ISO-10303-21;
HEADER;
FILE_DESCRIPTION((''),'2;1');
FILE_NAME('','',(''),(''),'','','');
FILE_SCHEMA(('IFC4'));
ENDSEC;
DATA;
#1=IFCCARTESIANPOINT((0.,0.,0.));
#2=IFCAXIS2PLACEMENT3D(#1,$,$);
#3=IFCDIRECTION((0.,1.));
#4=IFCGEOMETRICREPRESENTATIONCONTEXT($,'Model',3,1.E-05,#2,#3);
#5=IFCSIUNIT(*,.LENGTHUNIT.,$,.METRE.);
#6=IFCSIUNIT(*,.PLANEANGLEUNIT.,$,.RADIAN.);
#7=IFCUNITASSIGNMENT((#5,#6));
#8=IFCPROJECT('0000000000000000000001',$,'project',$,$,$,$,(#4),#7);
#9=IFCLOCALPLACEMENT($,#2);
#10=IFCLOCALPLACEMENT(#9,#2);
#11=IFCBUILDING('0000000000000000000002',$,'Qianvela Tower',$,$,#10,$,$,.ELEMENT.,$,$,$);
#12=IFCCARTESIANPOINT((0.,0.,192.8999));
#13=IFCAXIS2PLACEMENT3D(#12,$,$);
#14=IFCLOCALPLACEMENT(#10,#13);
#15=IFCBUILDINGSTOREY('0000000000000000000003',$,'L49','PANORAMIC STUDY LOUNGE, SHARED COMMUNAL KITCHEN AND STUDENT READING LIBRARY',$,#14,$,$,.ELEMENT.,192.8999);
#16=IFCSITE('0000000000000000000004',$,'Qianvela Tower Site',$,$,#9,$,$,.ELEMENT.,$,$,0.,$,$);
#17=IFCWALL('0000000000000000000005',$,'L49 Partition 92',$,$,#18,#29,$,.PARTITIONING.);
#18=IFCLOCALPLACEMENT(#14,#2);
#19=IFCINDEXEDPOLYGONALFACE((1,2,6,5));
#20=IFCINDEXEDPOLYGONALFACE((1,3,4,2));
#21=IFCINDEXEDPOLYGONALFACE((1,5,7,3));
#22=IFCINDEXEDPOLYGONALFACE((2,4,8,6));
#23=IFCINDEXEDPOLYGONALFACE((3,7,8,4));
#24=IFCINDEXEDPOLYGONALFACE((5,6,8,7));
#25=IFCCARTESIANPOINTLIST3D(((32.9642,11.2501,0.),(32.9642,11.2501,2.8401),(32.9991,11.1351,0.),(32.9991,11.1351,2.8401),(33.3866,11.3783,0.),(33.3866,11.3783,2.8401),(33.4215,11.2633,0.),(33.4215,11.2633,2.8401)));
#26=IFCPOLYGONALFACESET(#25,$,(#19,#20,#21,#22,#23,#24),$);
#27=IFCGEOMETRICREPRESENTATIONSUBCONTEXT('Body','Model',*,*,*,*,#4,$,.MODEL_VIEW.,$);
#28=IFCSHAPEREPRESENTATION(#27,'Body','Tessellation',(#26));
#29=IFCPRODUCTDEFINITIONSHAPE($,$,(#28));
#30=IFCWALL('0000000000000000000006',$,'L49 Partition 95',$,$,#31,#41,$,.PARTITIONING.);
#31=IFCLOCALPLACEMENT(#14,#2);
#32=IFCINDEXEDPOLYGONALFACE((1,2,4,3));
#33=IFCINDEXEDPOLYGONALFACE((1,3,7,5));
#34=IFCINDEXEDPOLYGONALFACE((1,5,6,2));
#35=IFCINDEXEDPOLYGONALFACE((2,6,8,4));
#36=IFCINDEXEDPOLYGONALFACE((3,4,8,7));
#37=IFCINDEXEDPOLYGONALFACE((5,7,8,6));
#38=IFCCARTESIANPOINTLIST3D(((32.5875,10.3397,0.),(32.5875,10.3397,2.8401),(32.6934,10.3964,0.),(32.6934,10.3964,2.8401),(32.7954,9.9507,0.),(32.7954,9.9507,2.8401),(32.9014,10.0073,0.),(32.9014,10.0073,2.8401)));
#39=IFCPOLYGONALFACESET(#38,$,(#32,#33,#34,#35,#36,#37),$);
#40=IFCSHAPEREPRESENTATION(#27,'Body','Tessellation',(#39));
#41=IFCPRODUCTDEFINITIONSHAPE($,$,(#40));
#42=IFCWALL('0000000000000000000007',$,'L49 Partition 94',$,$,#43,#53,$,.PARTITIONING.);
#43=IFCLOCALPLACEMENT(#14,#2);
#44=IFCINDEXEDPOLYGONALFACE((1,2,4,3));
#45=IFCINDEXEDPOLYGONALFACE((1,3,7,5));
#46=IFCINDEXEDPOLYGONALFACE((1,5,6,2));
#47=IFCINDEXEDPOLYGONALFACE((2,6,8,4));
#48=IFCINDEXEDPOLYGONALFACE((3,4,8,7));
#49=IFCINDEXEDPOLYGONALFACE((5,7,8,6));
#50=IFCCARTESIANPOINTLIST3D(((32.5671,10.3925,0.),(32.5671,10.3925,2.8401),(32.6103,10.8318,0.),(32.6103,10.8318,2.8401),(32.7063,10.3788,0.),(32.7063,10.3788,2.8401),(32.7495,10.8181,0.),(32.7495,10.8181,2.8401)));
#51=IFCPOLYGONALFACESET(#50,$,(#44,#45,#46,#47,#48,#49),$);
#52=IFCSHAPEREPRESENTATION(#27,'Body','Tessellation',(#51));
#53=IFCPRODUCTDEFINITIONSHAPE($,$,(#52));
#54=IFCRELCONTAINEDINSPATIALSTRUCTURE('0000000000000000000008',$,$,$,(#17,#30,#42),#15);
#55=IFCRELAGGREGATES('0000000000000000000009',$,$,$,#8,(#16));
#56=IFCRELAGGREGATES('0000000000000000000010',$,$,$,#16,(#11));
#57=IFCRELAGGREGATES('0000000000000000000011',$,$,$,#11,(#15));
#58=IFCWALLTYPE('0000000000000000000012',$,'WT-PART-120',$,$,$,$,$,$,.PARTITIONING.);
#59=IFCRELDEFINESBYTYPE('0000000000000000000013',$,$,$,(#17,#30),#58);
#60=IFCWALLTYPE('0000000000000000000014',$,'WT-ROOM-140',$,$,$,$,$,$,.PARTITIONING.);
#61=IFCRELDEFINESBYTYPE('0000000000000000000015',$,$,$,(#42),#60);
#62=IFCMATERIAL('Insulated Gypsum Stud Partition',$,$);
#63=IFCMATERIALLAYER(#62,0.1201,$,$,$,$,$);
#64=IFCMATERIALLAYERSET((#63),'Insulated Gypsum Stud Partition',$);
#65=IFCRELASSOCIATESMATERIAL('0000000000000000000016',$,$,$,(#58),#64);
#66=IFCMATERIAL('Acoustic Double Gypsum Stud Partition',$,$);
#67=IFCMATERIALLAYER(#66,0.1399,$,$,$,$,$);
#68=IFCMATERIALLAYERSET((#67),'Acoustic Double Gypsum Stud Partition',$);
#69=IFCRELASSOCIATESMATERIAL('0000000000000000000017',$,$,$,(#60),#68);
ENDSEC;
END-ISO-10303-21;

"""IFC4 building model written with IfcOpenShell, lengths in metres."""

from ifc_helpers import new_model, si_unit, direction, frame, frame_2d, origin, place, context, subcontext, project, spatial, rectangle, extrude, material, layer, layer_set, type_object, element, save


model = new_model("IFC4")

# Units and contexts
model_context = context("Model", 3, precision=1e-05, world=origin(), true_north=direction((0.0, 1.0)))
body_context = subcontext(model_context, "Body", "Model", "MODEL_VIEW")
ifc_project = project(units=[si_unit("LENGTHUNIT", "METRE"), si_unit("PLANEANGLEUNIT", "RADIAN")], contexts=[model_context])

# Site, building, storey
site_placement = place(None, origin())
site = spatial("IfcSite", under=ifc_project, at=site_placement, Name="Qianvela Tower Site", CompositionType="ELEMENT", RefElevation=0.0)
building_placement = place(site_placement, origin())
building = spatial("IfcBuilding", under=site, at=building_placement, Name="Qianvela Tower", CompositionType="ELEMENT")
storey_placement = place(building_placement, frame((0.0, 0.0, 192.8999)))
storey = spatial("IfcBuildingStorey", under=building, at=storey_placement, Name="L49", Description="PANORAMIC STUDY LOUNGE, SHARED COMMUNAL KITCHEN AND STUDENT READING LIBRARY", CompositionType="ELEMENT", Elevation=192.8999)

# Walls
ifc_material_1 = material(Name="Insulated Gypsum Stud Partition")
ifc_layer_1 = layer(ifc_material_1, 0.1201)
ifc_layer_set_1 = layer_set([ifc_layer_1], Name="Insulated Gypsum Stud Partition")
wall_type_1 = type_object("IfcWallType", Name="WT-PART-120", PredefinedType="PARTITIONING", material=ifc_layer_set_1)
wall_1_placement = place(storey_placement, frame((33.4041, 11.3208, 0.0), z_axis=(0.0, 0.0, 1.0), x_axis=(-0.956908, -0.290391, 0.0)))
element("IfcWall", 1, at=wall_1_placement, inside=storey, type_object=wall_type_1, Name="L49 Partition 92", PredefinedType="PARTITIONING", context=body_context, shape_type="SweptSolid", body=[
    extrude(rectangle(XDim=0.4414, YDim=0.1201, at=frame_2d((0.2207, 0.0))), origin(), (0.0, 0.0, 1.0), 2.8401),
])
wall_2_placement = place(storey_placement, frame((32.6404, 10.3682, 0.0), z_axis=(0.0, 0.0, 1.0), x_axis=(0.471392, -0.881924, 0.0)))
element("IfcWall", 2, at=wall_2_placement, inside=storey, type_object=wall_type_1, Name="L49 Partition 95", PredefinedType="PARTITIONING", context=body_context, shape_type="SweptSolid", body=[
    extrude(rectangle(XDim=0.4412, YDim=0.1201, at=frame_2d((0.2207, 0.0))), origin(), (0.0, 0.0, 1.0), 2.8401),
])
ifc_material_2 = material(Name="Acoustic Double Gypsum Stud Partition")
ifc_layer_2 = layer(ifc_material_2, 0.1399)
ifc_layer_set_2 = layer_set([ifc_layer_2], Name="Acoustic Double Gypsum Stud Partition")
wall_type_2 = type_object("IfcWallType", Name="WT-ROOM-140", PredefinedType="PARTITIONING", material=ifc_layer_set_2)
wall_3_placement = place(storey_placement, frame((32.6799, 10.825, 0.0), z_axis=(0.0, 0.0, 1.0), x_axis=(-0.097915, -0.995195, 0.0)))
element("IfcWall", 3, at=wall_3_placement, inside=storey, type_object=wall_type_2, Name="L49 Partition 94", PredefinedType="PARTITIONING", context=body_context, shape_type="SweptSolid", body=[
    extrude(rectangle(XDim=0.4414, YDim=0.1399, at=frame_2d((0.2207, 0.0))), origin(), (0.0, 0.0, 1.0), 2.8401),
])

save(model, "model.ifc")
